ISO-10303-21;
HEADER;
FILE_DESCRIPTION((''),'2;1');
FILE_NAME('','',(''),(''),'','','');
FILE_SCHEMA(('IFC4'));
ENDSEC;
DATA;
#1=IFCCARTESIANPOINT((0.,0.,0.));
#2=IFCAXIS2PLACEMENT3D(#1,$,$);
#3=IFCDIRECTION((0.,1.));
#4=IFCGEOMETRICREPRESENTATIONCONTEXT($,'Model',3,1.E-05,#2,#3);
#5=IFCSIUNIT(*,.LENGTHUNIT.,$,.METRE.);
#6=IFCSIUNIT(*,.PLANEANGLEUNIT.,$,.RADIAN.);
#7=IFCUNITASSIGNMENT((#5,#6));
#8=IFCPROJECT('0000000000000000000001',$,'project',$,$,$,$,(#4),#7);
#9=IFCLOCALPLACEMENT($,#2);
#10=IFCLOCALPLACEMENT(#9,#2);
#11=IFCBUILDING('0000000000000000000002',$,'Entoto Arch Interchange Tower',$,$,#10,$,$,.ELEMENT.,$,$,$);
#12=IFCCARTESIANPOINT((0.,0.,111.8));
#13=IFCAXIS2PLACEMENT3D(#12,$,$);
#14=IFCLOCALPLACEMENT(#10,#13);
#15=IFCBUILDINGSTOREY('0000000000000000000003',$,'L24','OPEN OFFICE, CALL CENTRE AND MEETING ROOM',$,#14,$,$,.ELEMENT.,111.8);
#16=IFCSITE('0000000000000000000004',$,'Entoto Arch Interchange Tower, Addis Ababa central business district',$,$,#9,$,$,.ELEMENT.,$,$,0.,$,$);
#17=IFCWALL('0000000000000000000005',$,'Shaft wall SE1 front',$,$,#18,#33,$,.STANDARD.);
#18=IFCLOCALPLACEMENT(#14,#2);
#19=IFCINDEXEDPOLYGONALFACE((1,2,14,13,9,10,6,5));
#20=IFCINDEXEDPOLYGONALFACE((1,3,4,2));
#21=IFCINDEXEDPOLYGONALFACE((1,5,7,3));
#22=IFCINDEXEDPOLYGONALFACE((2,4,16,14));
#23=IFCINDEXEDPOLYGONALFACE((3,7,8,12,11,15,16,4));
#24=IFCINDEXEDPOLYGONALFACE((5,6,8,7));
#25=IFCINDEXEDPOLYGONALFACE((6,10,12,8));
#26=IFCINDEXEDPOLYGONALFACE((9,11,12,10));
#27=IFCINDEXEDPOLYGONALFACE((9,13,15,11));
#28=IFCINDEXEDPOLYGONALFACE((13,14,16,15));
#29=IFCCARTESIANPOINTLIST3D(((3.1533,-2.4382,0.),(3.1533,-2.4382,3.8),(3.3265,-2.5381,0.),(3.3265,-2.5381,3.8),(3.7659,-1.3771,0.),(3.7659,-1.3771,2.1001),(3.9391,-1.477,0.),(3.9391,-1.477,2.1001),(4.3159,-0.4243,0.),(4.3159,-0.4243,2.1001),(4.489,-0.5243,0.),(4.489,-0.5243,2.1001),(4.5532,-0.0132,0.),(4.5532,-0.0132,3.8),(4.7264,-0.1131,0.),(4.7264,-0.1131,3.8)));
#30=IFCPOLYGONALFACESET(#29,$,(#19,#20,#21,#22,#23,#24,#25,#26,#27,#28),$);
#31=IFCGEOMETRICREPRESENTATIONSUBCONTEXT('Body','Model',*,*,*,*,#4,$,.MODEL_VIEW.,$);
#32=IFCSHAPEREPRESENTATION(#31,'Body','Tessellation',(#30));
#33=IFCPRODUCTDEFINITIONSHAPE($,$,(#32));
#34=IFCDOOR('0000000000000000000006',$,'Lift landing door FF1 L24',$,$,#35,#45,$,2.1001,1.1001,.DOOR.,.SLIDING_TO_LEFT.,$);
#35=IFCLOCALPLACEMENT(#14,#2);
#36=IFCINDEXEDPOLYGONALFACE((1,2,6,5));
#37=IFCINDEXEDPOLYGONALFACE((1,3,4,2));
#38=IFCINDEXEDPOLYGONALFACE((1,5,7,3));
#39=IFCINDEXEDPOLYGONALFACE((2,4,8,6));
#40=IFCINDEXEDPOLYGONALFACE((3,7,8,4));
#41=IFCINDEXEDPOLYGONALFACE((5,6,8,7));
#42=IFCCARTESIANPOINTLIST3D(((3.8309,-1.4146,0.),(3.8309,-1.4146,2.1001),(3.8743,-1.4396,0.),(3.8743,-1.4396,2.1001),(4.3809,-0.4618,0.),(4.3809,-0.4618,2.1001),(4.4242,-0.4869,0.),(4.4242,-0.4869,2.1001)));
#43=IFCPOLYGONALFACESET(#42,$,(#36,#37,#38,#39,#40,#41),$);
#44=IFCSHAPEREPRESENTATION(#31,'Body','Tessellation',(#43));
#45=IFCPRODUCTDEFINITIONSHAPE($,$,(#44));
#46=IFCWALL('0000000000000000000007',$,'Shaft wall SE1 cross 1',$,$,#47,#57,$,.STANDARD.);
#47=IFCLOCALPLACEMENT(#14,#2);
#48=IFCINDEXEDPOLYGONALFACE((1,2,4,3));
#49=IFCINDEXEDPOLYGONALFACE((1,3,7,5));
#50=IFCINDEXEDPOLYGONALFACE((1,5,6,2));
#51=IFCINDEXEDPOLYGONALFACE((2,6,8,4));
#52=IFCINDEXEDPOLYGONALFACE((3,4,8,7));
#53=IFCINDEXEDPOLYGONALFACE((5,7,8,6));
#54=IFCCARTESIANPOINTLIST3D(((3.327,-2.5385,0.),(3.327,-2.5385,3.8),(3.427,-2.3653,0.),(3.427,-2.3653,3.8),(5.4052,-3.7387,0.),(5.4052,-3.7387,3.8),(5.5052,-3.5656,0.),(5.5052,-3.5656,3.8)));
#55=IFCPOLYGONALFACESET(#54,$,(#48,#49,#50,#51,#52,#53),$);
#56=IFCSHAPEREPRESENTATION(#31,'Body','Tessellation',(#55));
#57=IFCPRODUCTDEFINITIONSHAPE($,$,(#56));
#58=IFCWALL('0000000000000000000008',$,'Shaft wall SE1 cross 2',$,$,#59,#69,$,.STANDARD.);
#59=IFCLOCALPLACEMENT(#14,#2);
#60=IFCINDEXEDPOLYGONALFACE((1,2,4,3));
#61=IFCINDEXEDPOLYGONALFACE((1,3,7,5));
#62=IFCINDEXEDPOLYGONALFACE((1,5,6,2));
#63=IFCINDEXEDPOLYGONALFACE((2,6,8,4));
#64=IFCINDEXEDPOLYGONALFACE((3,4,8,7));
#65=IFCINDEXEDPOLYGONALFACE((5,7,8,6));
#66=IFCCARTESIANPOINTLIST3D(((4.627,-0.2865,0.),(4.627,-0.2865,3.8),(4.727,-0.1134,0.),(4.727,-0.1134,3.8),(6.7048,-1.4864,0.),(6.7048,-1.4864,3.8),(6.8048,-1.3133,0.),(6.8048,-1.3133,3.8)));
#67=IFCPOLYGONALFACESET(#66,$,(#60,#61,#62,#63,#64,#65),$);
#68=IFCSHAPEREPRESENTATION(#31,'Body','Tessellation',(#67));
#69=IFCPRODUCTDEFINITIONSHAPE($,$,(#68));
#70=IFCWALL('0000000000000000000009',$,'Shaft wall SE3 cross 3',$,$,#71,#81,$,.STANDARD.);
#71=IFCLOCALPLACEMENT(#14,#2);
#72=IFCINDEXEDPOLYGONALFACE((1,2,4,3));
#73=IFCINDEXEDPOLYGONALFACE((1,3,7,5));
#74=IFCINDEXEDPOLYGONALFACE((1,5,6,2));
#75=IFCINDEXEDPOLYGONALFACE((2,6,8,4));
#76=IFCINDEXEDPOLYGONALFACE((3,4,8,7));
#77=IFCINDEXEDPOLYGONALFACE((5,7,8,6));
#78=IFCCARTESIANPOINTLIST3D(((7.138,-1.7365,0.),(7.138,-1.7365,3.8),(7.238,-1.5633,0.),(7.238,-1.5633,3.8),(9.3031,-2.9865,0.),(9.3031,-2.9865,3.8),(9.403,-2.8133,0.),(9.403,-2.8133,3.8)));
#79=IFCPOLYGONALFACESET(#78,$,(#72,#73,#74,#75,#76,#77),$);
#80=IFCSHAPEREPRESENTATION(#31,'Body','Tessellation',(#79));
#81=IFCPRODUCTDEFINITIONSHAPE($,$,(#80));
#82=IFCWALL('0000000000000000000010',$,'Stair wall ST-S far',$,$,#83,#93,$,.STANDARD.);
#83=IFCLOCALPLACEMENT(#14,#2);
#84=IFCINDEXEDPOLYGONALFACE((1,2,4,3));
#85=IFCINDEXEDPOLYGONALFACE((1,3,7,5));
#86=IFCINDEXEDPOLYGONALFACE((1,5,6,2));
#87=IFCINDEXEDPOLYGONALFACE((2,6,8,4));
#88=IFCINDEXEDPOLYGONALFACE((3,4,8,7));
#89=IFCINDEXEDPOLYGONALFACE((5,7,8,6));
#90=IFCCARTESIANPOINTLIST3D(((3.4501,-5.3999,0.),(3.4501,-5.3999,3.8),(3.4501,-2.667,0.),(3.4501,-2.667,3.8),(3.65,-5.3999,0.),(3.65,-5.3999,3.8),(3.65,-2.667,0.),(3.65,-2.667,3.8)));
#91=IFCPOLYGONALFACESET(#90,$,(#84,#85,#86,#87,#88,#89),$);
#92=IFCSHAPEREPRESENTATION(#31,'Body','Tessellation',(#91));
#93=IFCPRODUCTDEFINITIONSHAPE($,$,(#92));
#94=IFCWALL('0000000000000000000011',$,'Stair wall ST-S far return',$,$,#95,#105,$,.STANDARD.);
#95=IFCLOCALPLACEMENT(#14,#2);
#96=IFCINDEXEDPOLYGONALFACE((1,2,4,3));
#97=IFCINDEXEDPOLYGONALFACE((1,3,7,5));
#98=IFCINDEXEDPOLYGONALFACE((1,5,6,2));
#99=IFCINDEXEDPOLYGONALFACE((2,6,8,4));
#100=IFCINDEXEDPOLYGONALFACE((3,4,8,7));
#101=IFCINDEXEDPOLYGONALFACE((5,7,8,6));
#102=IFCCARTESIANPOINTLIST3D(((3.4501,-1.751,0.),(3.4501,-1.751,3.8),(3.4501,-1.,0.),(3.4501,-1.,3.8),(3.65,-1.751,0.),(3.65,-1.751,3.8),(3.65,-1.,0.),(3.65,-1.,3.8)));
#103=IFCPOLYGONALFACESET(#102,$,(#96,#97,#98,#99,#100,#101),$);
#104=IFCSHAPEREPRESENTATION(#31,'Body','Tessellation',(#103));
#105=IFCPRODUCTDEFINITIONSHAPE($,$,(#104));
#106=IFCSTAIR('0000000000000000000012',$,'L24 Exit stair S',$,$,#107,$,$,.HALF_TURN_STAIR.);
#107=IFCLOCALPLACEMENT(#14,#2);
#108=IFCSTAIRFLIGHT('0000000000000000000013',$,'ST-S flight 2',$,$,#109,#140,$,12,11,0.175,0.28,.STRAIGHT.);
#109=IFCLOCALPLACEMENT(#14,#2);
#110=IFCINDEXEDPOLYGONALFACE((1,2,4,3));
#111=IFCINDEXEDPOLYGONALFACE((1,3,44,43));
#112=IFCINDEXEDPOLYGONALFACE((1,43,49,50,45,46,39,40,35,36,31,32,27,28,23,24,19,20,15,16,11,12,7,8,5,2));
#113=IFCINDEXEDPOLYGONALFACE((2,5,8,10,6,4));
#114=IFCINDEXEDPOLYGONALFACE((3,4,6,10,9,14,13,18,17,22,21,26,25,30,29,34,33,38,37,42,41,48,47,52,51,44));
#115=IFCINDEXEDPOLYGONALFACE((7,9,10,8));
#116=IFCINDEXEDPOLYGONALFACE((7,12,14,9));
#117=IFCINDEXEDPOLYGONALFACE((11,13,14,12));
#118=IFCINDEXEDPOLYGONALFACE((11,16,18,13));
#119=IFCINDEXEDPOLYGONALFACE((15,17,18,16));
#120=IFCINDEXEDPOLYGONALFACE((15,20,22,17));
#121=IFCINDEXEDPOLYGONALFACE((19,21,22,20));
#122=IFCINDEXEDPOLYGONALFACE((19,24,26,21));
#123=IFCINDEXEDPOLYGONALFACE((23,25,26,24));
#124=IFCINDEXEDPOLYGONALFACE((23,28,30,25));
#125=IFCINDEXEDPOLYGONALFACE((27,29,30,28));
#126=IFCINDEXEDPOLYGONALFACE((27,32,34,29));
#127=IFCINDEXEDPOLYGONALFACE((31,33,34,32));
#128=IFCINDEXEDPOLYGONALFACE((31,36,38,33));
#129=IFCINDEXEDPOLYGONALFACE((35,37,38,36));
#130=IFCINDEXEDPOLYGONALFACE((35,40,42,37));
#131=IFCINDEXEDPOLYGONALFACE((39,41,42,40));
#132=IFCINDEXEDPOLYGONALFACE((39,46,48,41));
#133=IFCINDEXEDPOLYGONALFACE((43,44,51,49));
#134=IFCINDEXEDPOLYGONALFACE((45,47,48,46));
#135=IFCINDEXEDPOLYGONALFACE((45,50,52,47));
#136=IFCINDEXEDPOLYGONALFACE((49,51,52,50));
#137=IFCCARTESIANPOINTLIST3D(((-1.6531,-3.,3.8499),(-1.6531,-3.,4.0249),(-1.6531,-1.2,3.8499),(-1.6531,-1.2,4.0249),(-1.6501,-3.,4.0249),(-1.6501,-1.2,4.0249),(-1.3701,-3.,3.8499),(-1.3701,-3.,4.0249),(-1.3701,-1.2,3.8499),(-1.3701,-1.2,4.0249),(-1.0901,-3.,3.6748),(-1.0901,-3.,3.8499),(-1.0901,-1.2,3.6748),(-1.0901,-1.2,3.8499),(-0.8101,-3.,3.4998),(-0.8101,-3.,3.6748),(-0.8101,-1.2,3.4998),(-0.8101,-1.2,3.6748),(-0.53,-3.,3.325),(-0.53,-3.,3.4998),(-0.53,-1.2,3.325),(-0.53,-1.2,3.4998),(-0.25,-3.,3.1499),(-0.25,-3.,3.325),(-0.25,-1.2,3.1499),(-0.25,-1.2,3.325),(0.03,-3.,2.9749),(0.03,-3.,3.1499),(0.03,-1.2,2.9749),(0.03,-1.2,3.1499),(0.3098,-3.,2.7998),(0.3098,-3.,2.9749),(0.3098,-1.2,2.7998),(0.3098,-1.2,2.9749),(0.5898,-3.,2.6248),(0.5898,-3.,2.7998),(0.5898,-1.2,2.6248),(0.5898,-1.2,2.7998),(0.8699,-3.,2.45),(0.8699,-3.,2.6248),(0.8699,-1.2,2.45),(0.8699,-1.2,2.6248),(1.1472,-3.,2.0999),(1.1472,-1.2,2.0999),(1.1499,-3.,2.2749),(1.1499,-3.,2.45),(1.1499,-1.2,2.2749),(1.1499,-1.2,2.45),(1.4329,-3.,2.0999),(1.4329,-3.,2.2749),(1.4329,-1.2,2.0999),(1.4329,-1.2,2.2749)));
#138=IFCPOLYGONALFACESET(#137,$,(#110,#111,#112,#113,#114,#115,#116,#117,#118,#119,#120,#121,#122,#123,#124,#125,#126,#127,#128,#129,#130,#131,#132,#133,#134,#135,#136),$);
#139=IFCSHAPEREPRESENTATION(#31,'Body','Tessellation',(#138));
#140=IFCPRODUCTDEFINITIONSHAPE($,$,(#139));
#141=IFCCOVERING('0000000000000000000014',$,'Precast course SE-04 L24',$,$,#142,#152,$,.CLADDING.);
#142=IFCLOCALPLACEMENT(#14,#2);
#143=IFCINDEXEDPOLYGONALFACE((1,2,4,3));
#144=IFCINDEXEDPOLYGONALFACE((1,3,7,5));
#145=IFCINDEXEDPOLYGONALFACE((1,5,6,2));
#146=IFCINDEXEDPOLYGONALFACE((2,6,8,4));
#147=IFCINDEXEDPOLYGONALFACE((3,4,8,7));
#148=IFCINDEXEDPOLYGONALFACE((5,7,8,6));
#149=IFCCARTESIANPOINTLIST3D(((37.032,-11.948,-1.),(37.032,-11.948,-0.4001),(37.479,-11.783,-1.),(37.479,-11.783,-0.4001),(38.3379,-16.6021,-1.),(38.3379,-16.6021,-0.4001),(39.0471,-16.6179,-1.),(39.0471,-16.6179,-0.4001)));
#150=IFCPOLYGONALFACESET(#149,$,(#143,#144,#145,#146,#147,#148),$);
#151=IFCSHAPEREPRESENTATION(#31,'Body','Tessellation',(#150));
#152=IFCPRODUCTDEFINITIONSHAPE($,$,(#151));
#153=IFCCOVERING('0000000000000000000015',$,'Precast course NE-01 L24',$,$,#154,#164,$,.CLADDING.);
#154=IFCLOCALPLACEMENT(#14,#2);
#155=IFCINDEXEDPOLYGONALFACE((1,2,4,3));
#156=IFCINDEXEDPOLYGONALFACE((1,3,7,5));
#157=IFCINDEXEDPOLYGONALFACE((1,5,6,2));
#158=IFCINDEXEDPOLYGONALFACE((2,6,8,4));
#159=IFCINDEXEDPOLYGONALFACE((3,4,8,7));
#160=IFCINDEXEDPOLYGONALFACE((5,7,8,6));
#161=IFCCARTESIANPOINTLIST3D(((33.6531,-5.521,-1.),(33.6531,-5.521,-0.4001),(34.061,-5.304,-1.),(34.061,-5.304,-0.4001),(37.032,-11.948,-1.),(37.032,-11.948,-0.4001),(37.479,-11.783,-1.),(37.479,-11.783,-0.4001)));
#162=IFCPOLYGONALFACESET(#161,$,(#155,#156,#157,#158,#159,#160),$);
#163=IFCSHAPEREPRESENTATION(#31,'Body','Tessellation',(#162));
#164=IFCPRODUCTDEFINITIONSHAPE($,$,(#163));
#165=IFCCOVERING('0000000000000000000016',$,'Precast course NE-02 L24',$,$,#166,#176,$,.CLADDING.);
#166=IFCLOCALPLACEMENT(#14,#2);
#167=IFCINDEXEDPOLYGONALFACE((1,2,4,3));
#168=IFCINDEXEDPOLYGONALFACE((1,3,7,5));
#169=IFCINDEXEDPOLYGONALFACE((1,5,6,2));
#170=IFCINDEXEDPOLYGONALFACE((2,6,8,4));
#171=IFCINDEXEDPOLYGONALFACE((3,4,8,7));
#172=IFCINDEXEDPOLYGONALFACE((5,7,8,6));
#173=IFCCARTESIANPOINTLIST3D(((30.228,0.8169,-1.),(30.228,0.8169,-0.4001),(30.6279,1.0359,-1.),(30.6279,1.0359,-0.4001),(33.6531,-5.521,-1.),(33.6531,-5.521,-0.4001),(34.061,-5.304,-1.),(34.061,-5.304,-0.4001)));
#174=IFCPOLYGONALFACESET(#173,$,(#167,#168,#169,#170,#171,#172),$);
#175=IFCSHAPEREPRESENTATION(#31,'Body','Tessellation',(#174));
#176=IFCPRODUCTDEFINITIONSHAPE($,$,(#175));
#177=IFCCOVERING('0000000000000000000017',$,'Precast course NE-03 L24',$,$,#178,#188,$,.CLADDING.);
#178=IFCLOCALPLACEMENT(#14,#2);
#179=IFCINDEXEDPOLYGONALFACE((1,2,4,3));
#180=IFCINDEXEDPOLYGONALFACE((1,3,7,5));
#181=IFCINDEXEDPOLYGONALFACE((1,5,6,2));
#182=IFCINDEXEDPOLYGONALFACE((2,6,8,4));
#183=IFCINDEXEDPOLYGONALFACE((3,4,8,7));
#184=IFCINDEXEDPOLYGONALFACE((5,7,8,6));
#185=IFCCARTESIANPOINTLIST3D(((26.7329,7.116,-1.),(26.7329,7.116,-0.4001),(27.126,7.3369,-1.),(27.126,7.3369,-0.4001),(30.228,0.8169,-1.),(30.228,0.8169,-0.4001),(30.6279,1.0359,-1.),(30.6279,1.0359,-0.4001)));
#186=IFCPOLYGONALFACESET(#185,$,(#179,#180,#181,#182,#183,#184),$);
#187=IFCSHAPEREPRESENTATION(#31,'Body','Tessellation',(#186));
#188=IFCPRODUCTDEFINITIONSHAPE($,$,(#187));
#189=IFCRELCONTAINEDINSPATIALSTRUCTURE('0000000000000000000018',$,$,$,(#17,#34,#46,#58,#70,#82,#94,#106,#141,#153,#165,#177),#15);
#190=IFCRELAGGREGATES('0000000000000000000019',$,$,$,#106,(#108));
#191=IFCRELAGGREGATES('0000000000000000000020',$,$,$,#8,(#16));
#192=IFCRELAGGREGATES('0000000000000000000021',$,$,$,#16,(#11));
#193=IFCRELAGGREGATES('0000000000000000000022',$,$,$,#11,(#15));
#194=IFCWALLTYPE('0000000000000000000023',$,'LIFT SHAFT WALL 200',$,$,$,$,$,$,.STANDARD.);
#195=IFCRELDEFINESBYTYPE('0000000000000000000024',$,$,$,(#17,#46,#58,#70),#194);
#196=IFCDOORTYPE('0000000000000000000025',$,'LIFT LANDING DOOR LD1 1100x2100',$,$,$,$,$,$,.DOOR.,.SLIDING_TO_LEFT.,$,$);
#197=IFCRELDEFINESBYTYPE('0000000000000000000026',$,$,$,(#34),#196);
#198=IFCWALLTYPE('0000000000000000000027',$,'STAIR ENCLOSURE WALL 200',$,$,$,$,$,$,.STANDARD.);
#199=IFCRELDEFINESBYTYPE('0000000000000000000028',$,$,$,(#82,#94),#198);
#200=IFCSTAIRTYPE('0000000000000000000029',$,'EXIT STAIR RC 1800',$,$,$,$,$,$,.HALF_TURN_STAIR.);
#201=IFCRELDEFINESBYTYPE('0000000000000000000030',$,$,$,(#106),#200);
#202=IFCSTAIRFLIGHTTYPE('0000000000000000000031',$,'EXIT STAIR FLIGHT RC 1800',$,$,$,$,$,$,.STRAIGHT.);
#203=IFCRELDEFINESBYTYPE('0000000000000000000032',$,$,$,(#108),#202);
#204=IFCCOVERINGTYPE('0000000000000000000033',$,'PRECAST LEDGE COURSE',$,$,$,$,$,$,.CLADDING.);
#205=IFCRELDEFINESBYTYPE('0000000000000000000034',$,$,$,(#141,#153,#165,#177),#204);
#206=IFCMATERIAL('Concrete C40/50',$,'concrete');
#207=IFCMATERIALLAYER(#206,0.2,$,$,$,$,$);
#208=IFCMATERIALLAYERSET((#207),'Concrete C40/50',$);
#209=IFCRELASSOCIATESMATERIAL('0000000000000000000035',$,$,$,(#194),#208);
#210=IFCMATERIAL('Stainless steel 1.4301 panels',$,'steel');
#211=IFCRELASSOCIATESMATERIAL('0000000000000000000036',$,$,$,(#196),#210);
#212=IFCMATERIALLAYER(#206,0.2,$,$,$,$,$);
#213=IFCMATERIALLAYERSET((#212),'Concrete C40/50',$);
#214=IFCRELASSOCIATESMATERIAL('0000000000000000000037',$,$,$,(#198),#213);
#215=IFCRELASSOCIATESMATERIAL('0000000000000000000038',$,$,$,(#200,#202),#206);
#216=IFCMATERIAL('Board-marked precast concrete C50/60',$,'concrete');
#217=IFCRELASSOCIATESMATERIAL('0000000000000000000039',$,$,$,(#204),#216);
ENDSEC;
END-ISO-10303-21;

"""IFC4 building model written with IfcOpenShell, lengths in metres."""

from ifc_helpers import new_model, si_unit, direction, frame, frame_2d, origin, place, context, subcontext, project, spatial, polyline, rectangle, outline, extrude, material, layer, layer_set, type_object, element, fill, aggregate, save


model = new_model("IFC4")

# Units and contexts
model_context = context("Model", 3, precision=1e-05, world=origin(), true_north=direction((0.0, 1.0)))
body_context = subcontext(model_context, "Body", "Model", "MODEL_VIEW")
ifc_project = project(units=[si_unit("LENGTHUNIT", "METRE"), si_unit("PLANEANGLEUNIT", "RADIAN")], contexts=[model_context])

# Site, building, storey
site_placement = place(None, origin())
site = spatial("IfcSite", under=ifc_project, at=site_placement, Name="Entoto Arch Interchange Tower, Addis Ababa central business district", CompositionType="ELEMENT", RefElevation=0.0)
building_placement = place(site_placement, origin())
building = spatial("IfcBuilding", under=site, at=building_placement, Name="Entoto Arch Interchange Tower", CompositionType="ELEMENT")
storey_placement = place(building_placement, frame((0.0, 0.0, 111.8)))
storey = spatial("IfcBuildingStorey", under=building, at=storey_placement, Name="L24", Description="OPEN OFFICE, CALL CENTRE AND MEETING ROOM", CompositionType="ELEMENT", Elevation=111.8)

# Wall, opening, door
ifc_material_1 = material(Name="Concrete C40/50", Category="concrete")
ifc_layer_1 = layer(ifc_material_1, 0.2)
ifc_layer_set_1 = layer_set([ifc_layer_1], Name="Concrete C40/50")
wall_type_1 = type_object("IfcWallType", Name="LIFT SHAFT WALL 200", PredefinedType="STANDARD", material=ifc_layer_set_1)
wall_1_placement = place(storey_placement, frame((3.24, -2.488, 0.0), z_axis=(0.0, 0.0, 1.0), x_axis=(0.499946, 0.866056, 0.0)))
wall_1 = element("IfcWall", 1, at=wall_1_placement, inside=storey, type_object=wall_type_1, Name="Shaft wall SE1 front", PredefinedType="STANDARD", context=body_context, shape_type="SweptSolid", body=[
    extrude(rectangle(XDim=2.8, YDim=0.2, at=frame_2d((1.3999, 0.0))), origin(), (0.0, 0.0, 1.0), 3.8),
])
opening_placement = place(wall_1_placement, frame((1.2251, 0.0, 0.0)))
opening = element("IfcOpeningElement", 2, at=opening_placement, cuts=wall_1, PredefinedType="OPENING", context=body_context, shape_type="SweptSolid", body=[
    extrude(rectangle(XDim=1.1001, YDim=2.1001, at=frame_2d((0.55, 1.05))), frame((0.0, 0.1099, 0.0), z_axis=(0.0, -1.0, 0.0), x_axis=(1.0, 0.0, 0.0)), (0.0, 0.0, 1.0), 0.22),
])
ifc_material_2 = material(Name="Stainless steel 1.4301 panels", Category="steel")
door_type = type_object("IfcDoorType", Name="LIFT LANDING DOOR LD1 1100x2100", OperationType="SLIDING_TO_LEFT", PredefinedType="DOOR", material=ifc_material_2)
door_placement = place(opening_placement, origin())
door = element("IfcDoor", 3, at=door_placement, inside=storey, type_object=door_type, Name="Lift landing door FF1 L24", OperationType="SLIDING_TO_LEFT", OverallHeight=2.1001, OverallWidth=1.1001, PredefinedType="DOOR", context=body_context, shape_type="SweptSolid", body=[
    extrude(rectangle(XDim=1.1001, YDim=2.1001, at=frame_2d((0.55, 1.05))), frame((0.0, 0.0249, 0.0), z_axis=(0.0, -1.0, 0.0), x_axis=(1.0, 0.0, 0.0)), (0.0, 0.0, 1.0), 0.05),
])
fill(opening, door)

# Walls
wall_2_placement = place(storey_placement, frame((3.377, -2.4519, 0.0), z_axis=(0.0, 0.0, 1.0), x_axis=(0.865955, -0.500122, 0.0)))
element("IfcWall", 4, at=wall_2_placement, inside=storey, type_object=wall_type_1, Name="Shaft wall SE1 cross 1", PredefinedType="STANDARD", context=body_context, shape_type="SweptSolid", body=[
    extrude(rectangle(XDim=2.3999, YDim=0.2, at=frame_2d((1.2, 0.0))), origin(), (0.0, 0.0, 1.0), 3.8),
])
wall_3_placement = place(storey_placement, frame((4.677, -0.2, 0.0), z_axis=(0.0, 0.0, 1.0), x_axis=(0.865974, -0.500089, 0.0)))
element("IfcWall", 5, at=wall_3_placement, inside=storey, type_object=wall_type_1, Name="Shaft wall SE1 cross 2", PredefinedType="STANDARD", context=body_context, shape_type="SweptSolid", body=[
    extrude(rectangle(XDim=2.3994, YDim=0.2, at=frame_2d((1.1997, 0.0))), origin(), (0.0, 0.0, 1.0), 3.8),
])
wall_4_placement = place(storey_placement, frame((7.188, -1.6499, 0.0), z_axis=(0.0, 0.0, 1.0), x_axis=(0.866023, -0.500004, 0.0)))
element("IfcWall", 6, at=wall_4_placement, inside=storey, type_object=wall_type_1, Name="Shaft wall SE3 cross 3", PredefinedType="STANDARD", context=body_context, shape_type="SweptSolid", body=[
    extrude(rectangle(XDim=2.5, YDim=0.2, at=frame_2d((1.25, 0.0))), origin(), (0.0, 0.0, 1.0), 3.8),
])
ifc_layer_2 = layer(ifc_material_1, 0.2)
ifc_layer_set_2 = layer_set([ifc_layer_2], Name="Concrete C40/50")
wall_type_2 = type_object("IfcWallType", Name="STAIR ENCLOSURE WALL 200", PredefinedType="STANDARD", material=ifc_layer_set_2)
wall_5_placement = place(storey_placement, frame((3.55, -2.667, 0.0), z_axis=(0.0, 0.0, 1.0), x_axis=(0.0, -1.0, 0.0)))
element("IfcWall", 7, at=wall_5_placement, inside=storey, type_object=wall_type_2, Name="Stair wall ST-S far", PredefinedType="STANDARD", context=body_context, shape_type="SweptSolid", body=[
    extrude(rectangle(XDim=2.7329, YDim=0.2, at=frame_2d((1.3665, 0.0))), origin(), (0.0, 0.0, 1.0), 3.8),
])
wall_6_placement = place(storey_placement, frame((3.55, -1.0, 0.0), z_axis=(0.0, 0.0, 1.0), x_axis=(0.0, -1.0, 0.0)))
element("IfcWall", 8, at=wall_6_placement, inside=storey, type_object=wall_type_2, Name="Stair wall ST-S far return", PredefinedType="STANDARD", context=body_context, shape_type="SweptSolid", body=[
    extrude(rectangle(XDim=0.751, YDim=0.2, at=frame_2d((0.3755, 0.0))), origin(), (0.0, 0.0, 1.0), 3.8),
])

# Stair, stair flight
stair_type = type_object("IfcStairType", Name="EXIT STAIR RC 1800", PredefinedType="HALF_TURN_STAIR", material=ifc_material_1)
stair_placement = place(storey_placement, origin())
stair = element("IfcStair", 9, at=stair_placement, inside=storey, type_object=stair_type, Name="L24 Exit stair S", PredefinedType="HALF_TURN_STAIR")
stair_flight_type = type_object("IfcStairFlightType", Name="EXIT STAIR FLIGHT RC 1800", PredefinedType="STRAIGHT", material=ifc_material_1)
stair_flight_placement = place(storey_placement, frame((1.4299, -2.1001, 2.0999), z_axis=(0.0, 0.0, 1.0), x_axis=(-1.0, 0.0, 0.0)))
stair_flight = element("IfcStairFlight", 10, at=stair_flight_placement, type_object=stair_flight_type, Name="ST-S flight 2", NumberOfRisers=12, NumberOfTreads=11, PredefinedType="STRAIGHT", RiserHeight=0.175, TreadLength=0.28, context=body_context, shape_type="SweptSolid", body=[
    extrude(outline(polyline([(-0.0029, 0.0), (-0.0029, 0.175), (0.28, 0.175), (0.28, 0.3501), (0.5601, 0.3501), (0.5601, 0.5249), (0.8401, 0.5249), (0.8401, 0.7), (1.1201, 0.7), (1.1201, 0.875), (1.3999, 0.875), (1.3999, 1.05), (1.6799, 1.05), (1.6799, 1.2251), (1.96, 1.2251), (1.96, 1.3999), (2.24, 1.3999), (2.24, 1.575), (2.52, 1.575), (2.52, 1.75), (2.8, 1.75), (2.8, 1.925), (3.0801, 1.925), (3.083, 1.925), (3.083, 1.75), (0.2827, 0.0), (-0.0029, 0.0)])), frame((0.0, 0.8999, 0.0), z_axis=(0.0, -1.0, 0.0), x_axis=(1.0, 0.0, 0.0)), (0.0, 0.0, 1.0), 1.8),
])
aggregate(stair, [stair_flight])

# Coverings
ifc_material_3 = material(Name="Board-marked precast concrete C50/60", Category="concrete")
covering_type = type_object("IfcCoveringType", Name="PRECAST LEDGE COURSE", PredefinedType="CLADDING", material=ifc_material_3)
covering_1_placement = place(storey_placement, frame((0.0, 0.0, -1.0)))
element("IfcCovering", 11, at=covering_1_placement, inside=storey, type_object=covering_type, Name="Precast course SE-04 L24", PredefinedType="CLADDING", context=body_context, shape_type="SweptSolid", body=[
    extrude(outline(polyline([(37.032, -11.948), (37.479, -11.783), (39.0471, -16.6179), (38.3379, -16.6021), (37.032, -11.948)])), origin(), (0.0, 0.0, 1.0), 0.5999),
])
covering_2_placement = place(storey_placement, frame((0.0, 0.0, -1.0)))
element("IfcCovering", 12, at=covering_2_placement, inside=storey, type_object=covering_type, Name="Precast course NE-01 L24", PredefinedType="CLADDING", context=body_context, shape_type="SweptSolid", body=[
    extrude(outline(polyline([(33.6531, -5.521), (34.061, -5.304), (37.479, -11.783), (37.032, -11.948), (33.6531, -5.521)])), origin(), (0.0, 0.0, 1.0), 0.5999),
])
covering_3_placement = place(storey_placement, frame((0.0, 0.0, -1.0)))
element("IfcCovering", 13, at=covering_3_placement, inside=storey, type_object=covering_type, Name="Precast course NE-02 L24", PredefinedType="CLADDING", context=body_context, shape_type="SweptSolid", body=[
    extrude(outline(polyline([(30.228, 0.8169), (30.6279, 1.0359), (34.061, -5.304), (33.6531, -5.521), (30.228, 0.8169)])), origin(), (0.0, 0.0, 1.0), 0.5999),
])
covering_4_placement = place(storey_placement, frame((0.0, 0.0, -1.0)))
element("IfcCovering", 14, at=covering_4_placement, inside=storey, type_object=covering_type, Name="Precast course NE-03 L24", PredefinedType="CLADDING", context=body_context, shape_type="SweptSolid", body=[
    extrude(outline(polyline([(26.7329, 7.116), (27.126, 7.3369), (30.6279, 1.0359), (30.228, 0.8169), (26.7329, 7.116)])), origin(), (0.0, 0.0, 1.0), 0.5999),
])

save(model, "model.ifc")
